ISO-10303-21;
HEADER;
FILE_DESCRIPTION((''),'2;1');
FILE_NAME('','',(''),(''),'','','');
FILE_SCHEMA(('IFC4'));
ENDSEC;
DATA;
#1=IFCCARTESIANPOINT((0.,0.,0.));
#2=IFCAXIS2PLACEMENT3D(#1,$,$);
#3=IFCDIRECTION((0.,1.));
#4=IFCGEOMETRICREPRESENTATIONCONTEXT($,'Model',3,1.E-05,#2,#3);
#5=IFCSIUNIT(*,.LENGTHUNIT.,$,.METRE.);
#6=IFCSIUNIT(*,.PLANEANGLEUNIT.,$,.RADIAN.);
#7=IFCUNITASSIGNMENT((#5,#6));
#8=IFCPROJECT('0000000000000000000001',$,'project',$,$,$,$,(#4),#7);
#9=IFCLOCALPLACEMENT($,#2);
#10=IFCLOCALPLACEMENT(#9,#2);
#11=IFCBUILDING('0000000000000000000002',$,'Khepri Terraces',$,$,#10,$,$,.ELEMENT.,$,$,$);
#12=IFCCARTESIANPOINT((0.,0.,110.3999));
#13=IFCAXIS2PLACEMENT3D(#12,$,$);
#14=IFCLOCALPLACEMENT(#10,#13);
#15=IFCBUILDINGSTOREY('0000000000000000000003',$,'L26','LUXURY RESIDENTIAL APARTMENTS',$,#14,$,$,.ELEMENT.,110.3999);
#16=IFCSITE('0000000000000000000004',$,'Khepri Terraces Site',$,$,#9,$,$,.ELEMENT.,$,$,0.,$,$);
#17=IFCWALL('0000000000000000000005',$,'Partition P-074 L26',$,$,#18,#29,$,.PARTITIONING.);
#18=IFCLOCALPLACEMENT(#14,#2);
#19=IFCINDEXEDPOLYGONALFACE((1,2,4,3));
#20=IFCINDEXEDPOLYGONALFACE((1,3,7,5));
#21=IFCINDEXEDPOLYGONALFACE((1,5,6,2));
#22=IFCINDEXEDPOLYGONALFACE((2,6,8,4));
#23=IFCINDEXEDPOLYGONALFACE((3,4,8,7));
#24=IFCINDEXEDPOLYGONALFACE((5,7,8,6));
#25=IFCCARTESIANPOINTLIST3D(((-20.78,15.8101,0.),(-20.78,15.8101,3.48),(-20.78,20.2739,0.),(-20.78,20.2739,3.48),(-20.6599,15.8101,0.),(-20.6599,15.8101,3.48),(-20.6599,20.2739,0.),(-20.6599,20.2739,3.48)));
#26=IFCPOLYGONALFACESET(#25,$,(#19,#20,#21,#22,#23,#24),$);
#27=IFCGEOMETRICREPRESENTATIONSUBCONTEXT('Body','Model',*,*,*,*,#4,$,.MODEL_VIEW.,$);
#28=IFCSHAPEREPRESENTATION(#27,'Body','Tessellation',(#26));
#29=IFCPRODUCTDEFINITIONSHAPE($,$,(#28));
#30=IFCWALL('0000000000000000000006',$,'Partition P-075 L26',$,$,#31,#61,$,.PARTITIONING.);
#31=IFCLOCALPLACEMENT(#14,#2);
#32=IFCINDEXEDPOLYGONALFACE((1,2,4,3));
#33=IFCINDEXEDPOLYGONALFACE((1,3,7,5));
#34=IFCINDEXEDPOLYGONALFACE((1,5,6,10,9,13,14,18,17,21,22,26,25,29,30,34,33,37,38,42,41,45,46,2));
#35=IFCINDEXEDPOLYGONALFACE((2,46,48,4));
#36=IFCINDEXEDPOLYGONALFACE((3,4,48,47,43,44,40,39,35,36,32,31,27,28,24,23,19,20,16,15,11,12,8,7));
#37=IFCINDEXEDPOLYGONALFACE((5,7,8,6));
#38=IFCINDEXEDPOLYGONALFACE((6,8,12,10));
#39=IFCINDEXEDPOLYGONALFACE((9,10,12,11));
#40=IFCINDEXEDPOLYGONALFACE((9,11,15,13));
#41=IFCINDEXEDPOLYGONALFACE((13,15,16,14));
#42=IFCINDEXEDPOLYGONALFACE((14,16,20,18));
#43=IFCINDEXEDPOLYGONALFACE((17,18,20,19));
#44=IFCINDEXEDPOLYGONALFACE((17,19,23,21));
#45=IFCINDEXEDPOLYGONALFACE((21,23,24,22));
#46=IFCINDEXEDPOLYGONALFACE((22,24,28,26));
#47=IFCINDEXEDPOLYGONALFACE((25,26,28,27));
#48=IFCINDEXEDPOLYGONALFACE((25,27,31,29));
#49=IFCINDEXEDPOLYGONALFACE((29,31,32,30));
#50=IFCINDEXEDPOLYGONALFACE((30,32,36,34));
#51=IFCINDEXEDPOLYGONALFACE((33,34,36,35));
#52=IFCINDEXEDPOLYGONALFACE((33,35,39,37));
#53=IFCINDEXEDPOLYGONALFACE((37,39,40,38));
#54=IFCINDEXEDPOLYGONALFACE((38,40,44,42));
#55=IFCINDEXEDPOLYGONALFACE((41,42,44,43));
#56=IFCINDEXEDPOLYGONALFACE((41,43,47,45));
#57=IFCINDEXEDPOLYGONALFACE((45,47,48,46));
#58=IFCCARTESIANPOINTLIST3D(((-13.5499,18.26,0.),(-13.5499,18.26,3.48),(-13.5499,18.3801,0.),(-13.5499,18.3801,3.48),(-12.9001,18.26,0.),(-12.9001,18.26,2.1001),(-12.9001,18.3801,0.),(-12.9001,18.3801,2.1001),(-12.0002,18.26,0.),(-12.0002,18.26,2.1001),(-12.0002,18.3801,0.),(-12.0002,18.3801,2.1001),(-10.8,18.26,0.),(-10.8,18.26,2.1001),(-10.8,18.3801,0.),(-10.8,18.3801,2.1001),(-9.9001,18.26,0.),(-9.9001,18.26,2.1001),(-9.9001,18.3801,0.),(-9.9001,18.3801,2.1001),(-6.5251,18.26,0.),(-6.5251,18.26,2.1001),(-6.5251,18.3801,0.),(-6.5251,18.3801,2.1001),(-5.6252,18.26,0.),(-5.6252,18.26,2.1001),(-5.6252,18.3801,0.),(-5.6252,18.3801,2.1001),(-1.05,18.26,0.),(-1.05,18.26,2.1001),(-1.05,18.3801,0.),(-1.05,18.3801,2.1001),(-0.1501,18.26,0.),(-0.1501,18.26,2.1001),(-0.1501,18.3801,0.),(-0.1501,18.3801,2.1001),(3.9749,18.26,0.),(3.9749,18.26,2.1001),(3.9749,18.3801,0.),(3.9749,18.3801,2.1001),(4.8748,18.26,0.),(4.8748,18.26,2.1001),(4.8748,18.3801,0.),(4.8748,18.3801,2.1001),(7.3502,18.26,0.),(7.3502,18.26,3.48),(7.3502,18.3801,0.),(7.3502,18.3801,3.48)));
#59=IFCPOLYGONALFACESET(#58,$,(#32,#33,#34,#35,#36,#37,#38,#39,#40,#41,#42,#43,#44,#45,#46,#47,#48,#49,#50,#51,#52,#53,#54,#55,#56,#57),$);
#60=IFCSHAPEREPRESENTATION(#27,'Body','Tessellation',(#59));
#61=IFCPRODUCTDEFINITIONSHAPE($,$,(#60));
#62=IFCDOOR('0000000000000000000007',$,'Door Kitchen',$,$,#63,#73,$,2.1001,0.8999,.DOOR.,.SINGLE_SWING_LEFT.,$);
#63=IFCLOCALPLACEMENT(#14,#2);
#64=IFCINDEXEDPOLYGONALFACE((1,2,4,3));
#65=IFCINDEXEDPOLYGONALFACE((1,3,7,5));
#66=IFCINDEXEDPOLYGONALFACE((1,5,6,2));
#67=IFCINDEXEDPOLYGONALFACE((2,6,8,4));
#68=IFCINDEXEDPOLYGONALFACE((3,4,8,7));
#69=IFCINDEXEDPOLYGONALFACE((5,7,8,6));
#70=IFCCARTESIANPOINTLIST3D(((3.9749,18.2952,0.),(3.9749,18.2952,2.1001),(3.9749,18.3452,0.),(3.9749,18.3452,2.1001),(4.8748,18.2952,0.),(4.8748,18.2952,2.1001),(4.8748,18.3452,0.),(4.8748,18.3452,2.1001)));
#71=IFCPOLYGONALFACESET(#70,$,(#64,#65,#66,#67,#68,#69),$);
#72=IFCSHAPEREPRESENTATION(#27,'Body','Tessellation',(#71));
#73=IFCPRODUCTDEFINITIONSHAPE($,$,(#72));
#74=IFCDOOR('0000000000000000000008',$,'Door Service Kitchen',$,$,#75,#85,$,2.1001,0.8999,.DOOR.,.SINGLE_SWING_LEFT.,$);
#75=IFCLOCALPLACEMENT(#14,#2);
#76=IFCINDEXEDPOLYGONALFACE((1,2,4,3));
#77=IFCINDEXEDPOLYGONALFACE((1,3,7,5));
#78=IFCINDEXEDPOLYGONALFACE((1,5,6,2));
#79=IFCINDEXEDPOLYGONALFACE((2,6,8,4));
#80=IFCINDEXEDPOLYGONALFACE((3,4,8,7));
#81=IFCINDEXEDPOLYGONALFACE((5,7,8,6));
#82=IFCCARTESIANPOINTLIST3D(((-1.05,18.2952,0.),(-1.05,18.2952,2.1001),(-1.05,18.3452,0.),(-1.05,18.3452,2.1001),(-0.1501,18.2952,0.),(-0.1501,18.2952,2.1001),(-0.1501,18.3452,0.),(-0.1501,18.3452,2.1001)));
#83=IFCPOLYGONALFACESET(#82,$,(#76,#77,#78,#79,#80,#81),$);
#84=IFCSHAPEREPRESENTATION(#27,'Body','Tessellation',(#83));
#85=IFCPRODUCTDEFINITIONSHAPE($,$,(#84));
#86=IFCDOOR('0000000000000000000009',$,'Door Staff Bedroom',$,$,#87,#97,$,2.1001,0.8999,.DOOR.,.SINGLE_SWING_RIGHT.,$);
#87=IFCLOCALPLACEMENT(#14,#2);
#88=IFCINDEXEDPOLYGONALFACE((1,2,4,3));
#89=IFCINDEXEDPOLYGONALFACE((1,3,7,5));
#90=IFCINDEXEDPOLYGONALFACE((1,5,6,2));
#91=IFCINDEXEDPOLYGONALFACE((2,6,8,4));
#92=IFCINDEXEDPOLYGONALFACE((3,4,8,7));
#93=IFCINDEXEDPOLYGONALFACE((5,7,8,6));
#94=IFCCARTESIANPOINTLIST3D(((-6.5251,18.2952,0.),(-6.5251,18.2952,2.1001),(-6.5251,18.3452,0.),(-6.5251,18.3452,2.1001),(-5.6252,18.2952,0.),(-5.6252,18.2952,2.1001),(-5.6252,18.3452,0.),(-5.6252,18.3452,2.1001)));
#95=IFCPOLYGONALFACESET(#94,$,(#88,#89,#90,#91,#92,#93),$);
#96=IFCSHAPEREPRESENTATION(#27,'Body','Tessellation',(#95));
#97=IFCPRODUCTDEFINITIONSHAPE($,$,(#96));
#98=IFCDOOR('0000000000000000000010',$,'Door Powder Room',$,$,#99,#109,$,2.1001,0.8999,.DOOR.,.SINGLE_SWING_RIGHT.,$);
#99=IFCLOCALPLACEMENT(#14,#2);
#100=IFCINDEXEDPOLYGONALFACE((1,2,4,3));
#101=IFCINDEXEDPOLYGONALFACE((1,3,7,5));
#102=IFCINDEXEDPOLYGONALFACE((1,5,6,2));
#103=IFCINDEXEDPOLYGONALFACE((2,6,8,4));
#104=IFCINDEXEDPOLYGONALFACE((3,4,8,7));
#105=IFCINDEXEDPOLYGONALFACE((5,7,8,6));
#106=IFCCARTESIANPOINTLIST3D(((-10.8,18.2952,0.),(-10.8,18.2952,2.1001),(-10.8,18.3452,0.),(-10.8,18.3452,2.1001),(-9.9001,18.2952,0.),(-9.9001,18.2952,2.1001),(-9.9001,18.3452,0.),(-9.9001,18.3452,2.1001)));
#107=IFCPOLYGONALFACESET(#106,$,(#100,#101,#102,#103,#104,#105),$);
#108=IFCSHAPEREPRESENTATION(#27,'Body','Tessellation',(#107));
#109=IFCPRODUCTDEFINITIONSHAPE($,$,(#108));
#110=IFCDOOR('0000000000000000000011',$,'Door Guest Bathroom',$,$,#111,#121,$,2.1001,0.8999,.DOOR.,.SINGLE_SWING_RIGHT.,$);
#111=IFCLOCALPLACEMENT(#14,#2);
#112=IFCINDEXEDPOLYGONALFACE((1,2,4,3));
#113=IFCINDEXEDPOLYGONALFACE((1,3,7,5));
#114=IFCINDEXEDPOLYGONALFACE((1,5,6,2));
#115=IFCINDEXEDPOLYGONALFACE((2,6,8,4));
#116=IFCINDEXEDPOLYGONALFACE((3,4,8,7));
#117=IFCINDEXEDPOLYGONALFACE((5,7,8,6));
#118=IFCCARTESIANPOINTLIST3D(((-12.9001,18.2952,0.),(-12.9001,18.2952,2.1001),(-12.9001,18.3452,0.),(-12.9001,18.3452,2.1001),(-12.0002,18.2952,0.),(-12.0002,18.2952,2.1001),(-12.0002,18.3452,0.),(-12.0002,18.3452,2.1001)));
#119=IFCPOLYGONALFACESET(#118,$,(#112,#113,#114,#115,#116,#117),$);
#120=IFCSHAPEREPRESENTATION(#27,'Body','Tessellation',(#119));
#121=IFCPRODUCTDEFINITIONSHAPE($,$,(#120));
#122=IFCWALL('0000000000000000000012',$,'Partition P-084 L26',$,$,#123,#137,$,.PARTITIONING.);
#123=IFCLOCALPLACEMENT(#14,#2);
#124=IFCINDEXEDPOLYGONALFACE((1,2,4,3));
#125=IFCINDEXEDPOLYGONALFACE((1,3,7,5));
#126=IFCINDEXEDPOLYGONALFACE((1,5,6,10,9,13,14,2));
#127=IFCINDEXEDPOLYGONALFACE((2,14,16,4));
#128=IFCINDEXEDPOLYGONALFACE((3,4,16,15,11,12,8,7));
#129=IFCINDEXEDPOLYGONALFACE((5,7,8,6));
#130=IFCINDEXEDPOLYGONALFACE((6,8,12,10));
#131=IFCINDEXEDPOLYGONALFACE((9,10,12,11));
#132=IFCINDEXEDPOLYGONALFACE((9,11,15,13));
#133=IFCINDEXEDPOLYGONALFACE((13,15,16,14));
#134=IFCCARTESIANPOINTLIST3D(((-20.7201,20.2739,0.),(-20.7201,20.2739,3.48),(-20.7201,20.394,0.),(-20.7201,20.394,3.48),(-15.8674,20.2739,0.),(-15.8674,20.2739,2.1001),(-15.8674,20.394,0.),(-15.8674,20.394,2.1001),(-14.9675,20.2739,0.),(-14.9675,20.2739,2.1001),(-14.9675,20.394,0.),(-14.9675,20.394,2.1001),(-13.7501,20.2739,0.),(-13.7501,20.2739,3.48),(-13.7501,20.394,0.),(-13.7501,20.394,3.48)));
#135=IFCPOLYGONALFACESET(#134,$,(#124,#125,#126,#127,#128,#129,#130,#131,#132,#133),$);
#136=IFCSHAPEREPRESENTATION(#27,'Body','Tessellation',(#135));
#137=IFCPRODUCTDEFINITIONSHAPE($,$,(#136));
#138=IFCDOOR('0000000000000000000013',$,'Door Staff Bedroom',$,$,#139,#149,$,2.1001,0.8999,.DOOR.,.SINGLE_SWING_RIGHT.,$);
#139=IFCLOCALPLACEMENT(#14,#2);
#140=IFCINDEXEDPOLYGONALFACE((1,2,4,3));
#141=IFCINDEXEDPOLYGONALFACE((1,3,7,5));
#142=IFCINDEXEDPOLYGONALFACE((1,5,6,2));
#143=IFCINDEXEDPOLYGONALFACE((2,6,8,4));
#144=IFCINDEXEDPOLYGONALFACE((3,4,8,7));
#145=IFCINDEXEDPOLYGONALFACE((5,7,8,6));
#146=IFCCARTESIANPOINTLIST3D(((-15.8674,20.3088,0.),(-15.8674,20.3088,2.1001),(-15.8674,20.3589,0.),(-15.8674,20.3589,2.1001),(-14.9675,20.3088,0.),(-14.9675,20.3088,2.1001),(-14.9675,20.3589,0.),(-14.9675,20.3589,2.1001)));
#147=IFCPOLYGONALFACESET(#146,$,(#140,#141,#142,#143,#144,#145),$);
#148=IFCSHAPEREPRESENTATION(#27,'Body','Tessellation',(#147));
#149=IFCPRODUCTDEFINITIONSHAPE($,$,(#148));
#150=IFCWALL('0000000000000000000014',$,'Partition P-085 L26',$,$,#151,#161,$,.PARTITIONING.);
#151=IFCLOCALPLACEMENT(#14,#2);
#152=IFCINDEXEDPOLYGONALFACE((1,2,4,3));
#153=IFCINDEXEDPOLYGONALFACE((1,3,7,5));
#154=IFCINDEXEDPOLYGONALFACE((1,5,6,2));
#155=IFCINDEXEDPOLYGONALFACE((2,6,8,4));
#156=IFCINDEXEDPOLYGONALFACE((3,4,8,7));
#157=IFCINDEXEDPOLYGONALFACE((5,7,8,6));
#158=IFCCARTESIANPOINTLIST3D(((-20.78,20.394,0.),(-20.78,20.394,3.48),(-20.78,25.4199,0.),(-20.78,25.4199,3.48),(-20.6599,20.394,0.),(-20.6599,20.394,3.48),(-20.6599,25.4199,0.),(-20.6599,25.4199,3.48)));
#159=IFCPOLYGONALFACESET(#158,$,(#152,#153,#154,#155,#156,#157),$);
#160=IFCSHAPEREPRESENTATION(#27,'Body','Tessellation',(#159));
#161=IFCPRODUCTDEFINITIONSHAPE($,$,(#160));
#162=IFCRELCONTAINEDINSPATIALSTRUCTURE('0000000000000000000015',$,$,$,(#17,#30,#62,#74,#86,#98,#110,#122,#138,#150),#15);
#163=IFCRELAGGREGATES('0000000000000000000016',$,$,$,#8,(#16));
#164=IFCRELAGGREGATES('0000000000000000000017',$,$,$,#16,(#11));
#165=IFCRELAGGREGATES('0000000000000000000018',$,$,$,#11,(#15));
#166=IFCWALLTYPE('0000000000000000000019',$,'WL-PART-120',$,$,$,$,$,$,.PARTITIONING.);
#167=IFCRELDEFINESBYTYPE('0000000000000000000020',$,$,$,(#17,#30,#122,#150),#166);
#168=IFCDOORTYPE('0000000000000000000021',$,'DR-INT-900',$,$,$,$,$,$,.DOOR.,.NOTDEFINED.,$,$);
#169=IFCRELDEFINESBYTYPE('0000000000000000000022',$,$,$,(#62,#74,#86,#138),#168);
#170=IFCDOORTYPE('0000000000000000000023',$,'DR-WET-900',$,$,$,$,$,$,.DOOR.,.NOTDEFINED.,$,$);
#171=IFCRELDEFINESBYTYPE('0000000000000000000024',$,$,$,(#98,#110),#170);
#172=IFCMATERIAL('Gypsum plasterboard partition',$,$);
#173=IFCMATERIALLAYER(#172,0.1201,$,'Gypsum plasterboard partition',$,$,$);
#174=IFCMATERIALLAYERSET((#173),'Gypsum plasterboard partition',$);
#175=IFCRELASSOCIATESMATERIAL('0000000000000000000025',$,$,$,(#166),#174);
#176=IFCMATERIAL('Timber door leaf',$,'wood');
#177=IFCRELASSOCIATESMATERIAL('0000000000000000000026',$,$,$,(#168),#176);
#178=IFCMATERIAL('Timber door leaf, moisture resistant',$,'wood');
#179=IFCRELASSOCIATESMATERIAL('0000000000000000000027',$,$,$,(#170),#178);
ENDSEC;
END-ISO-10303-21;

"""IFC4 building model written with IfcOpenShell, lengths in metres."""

from ifc_helpers import new_model, si_unit, direction, frame, frame_2d, origin, place, context, subcontext, project, spatial, rectangle, extrude, material, layer, layer_set, type_object, element, fill, save


model = new_model("IFC4")

# Units and contexts
model_context = context("Model", 3, precision=1e-05, world=origin(), true_north=direction((0.0, 1.0)))
body_context = subcontext(model_context, "Body", "Model", "MODEL_VIEW")
ifc_project = project(units=[si_unit("LENGTHUNIT", "METRE"), si_unit("PLANEANGLEUNIT", "RADIAN")], contexts=[model_context])

# Site, building, storey
site_placement = place(None, origin())
site = spatial("IfcSite", under=ifc_project, at=site_placement, Name="Khepri Terraces Site", CompositionType="ELEMENT", RefElevation=0.0)
building_placement = place(site_placement, origin())
building = spatial("IfcBuilding", under=site, at=building_placement, Name="Khepri Terraces", CompositionType="ELEMENT")
storey_placement = place(building_placement, frame((0.0, 0.0, 110.3999)))
storey = spatial("IfcBuildingStorey", under=building, at=storey_placement, Name="L26", Description="LUXURY RESIDENTIAL APARTMENTS", CompositionType="ELEMENT", Elevation=110.3999)

# Shared definitions
ifc_material_1 = material(Name="Gypsum plasterboard partition")
ifc_layer_1 = layer(ifc_material_1, 0.1201, Name="Gypsum plasterboard partition")
ifc_layer_set_1 = layer_set([ifc_layer_1], Name="Gypsum plasterboard partition")
wall_type_1 = type_object("IfcWallType", Name="WL-PART-120", PredefinedType="PARTITIONING", material=ifc_layer_set_1)

# Wall
wall_1_placement = place(storey_placement, frame((-20.72, 15.8101, 0.0), z_axis=(0.0, 0.0, 1.0), x_axis=(0.0, 1.0, 0.0)))
element("IfcWall", 1, at=wall_1_placement, inside=storey, type_object=wall_type_1, Name="Partition P-074 L26", PredefinedType="PARTITIONING", context=body_context, shape_type="SweptSolid", body=[
    extrude(rectangle(XDim=4.4639, YDim=0.1201, at=frame_2d((2.2319, 0.0))), origin(), (0.0, 0.0, 1.0), 3.48),
])

# Wall, openings, doors
wall_2_placement = place(storey_placement, frame((-13.55, 18.3201, 0.0), z_axis=(0.0, 0.0, 1.0), x_axis=(1.0, 0.0, 0.0)))
wall_2 = element("IfcWall", 2, at=wall_2_placement, inside=storey, type_object=wall_type_1, Name="Partition P-075 L26", PredefinedType="PARTITIONING", context=body_context, shape_type="SweptSolid", body=[
    extrude(rectangle(XDim=20.9001, YDim=0.1201, at=frame_2d((10.4502, 0.0))), origin(), (0.0, 0.0, 1.0), 3.48),
])
opening_1_placement = place(wall_2_placement, frame((17.5249, 0.0, 0.0)))
opening_1 = element("IfcOpeningElement", 3, at=opening_1_placement, cuts=wall_2, PredefinedType="OPENING", context=body_context, shape_type="SweptSolid", body=[
    extrude(rectangle(XDim=0.8999, YDim=2.1001, at=frame_2d((0.45, 1.05))), frame((0.0, 0.0701, 0.0), z_axis=(0.0, -1.0, 0.0), x_axis=(1.0, 0.0, 0.0)), (0.0, 0.0, 1.0), 0.1401),
])
opening_2_placement = place(wall_2_placement, frame((12.5, 0.0, 0.0)))
opening_2 = element("IfcOpeningElement", 4, at=opening_2_placement, cuts=wall_2, PredefinedType="OPENING", context=body_context, shape_type="SweptSolid", body=[
    extrude(rectangle(XDim=0.8999, YDim=2.1001, at=frame_2d((0.45, 1.05))), frame((0.0, 0.0701, 0.0), z_axis=(0.0, -1.0, 0.0), x_axis=(1.0, 0.0, 0.0)), (0.0, 0.0, 1.0), 0.1401),
])
opening_3_placement = place(wall_2_placement, frame((7.0249, 0.0, 0.0)))
opening_3 = element("IfcOpeningElement", 5, at=opening_3_placement, cuts=wall_2, PredefinedType="OPENING", context=body_context, shape_type="SweptSolid", body=[
    extrude(rectangle(XDim=0.8999, YDim=2.1001, at=frame_2d((0.45, 1.05))), frame((0.0, 0.0701, 0.0), z_axis=(0.0, -1.0, 0.0), x_axis=(1.0, 0.0, 0.0)), (0.0, 0.0, 1.0), 0.1401),
])
opening_4_placement = place(wall_2_placement, frame((2.75, 0.0, 0.0)))
opening_4 = element("IfcOpeningElement", 6, at=opening_4_placement, cuts=wall_2, PredefinedType="OPENING", context=body_context, shape_type="SweptSolid", body=[
    extrude(rectangle(XDim=0.8999, YDim=2.1001, at=frame_2d((0.45, 1.05))), frame((0.0, 0.0701, 0.0), z_axis=(0.0, -1.0, 0.0), x_axis=(1.0, 0.0, 0.0)), (0.0, 0.0, 1.0), 0.1401),
])
opening_5_placement = place(wall_2_placement, frame((0.6499, 0.0, 0.0)))
opening_5 = element("IfcOpeningElement", 7, at=opening_5_placement, cuts=wall_2, PredefinedType="OPENING", context=body_context, shape_type="SweptSolid", body=[
    extrude(rectangle(XDim=0.8999, YDim=2.1001, at=frame_2d((0.45, 1.05))), frame((0.0, 0.0701, 0.0), z_axis=(0.0, -1.0, 0.0), x_axis=(1.0, 0.0, 0.0)), (0.0, 0.0, 1.0), 0.1401),
])
ifc_material_2 = material(Name="Timber door leaf", Category="wood")
door_type_1 = type_object("IfcDoorType", Name="DR-INT-900", OperationType="NOTDEFINED", PredefinedType="DOOR", material=ifc_material_2)
door_1_placement = place(opening_1_placement, frame((0.8999, 0.0, 0.0), z_axis=(0.0, 0.0, 1.0), x_axis=(-1.0, 0.0, 0.0)))
door_1 = element("IfcDoor", 8, at=door_1_placement, inside=storey, type_object=door_type_1, Name="Door Kitchen", OperationType="SINGLE_SWING_LEFT", OverallHeight=2.1001, OverallWidth=0.8999, PredefinedType="DOOR", context=body_context, shape_type="SweptSolid", body=[
    extrude(rectangle(XDim=0.8999, YDim=2.1001, at=frame_2d((0.45, 1.05))), frame((0.0, 0.0249, 0.0), z_axis=(0.0, -1.0, 0.0), x_axis=(1.0, 0.0, 0.0)), (0.0, 0.0, 1.0), 0.05),
])
fill(opening_1, door_1)
door_2_placement = place(opening_2_placement, frame((0.8999, 0.0, 0.0), z_axis=(0.0, 0.0, 1.0), x_axis=(-1.0, 0.0, 0.0)))
door_2 = element("IfcDoor", 9, at=door_2_placement, inside=storey, type_object=door_type_1, Name="Door Service Kitchen", OperationType="SINGLE_SWING_LEFT", OverallHeight=2.1001, OverallWidth=0.8999, PredefinedType="DOOR", context=body_context, shape_type="SweptSolid", body=[
    extrude(rectangle(XDim=0.8999, YDim=2.1001, at=frame_2d((0.45, 1.05))), frame((0.0, 0.0249, 0.0), z_axis=(0.0, -1.0, 0.0), x_axis=(1.0, 0.0, 0.0)), (0.0, 0.0, 1.0), 0.05),
])
fill(opening_2, door_2)
door_3_placement = place(opening_3_placement, frame((0.8999, 0.0, 0.0), z_axis=(0.0, 0.0, 1.0), x_axis=(-1.0, 0.0, 0.0)))
door_3 = element("IfcDoor", 10, at=door_3_placement, inside=storey, type_object=door_type_1, Name="Door Staff Bedroom", OperationType="SINGLE_SWING_RIGHT", OverallHeight=2.1001, OverallWidth=0.8999, PredefinedType="DOOR", context=body_context, shape_type="SweptSolid", body=[
    extrude(rectangle(XDim=0.8999, YDim=2.1001, at=frame_2d((0.45, 1.05))), frame((0.0, 0.0249, 0.0), z_axis=(0.0, -1.0, 0.0), x_axis=(1.0, 0.0, 0.0)), (0.0, 0.0, 1.0), 0.05),
])
fill(opening_3, door_3)
ifc_material_3 = material(Name="Timber door leaf, moisture resistant", Category="wood")
door_type_2 = type_object("IfcDoorType", Name="DR-WET-900", OperationType="NOTDEFINED", PredefinedType="DOOR", material=ifc_material_3)
door_4_placement = place(opening_4_placement, frame((0.8999, 0.0, 0.0), z_axis=(0.0, 0.0, 1.0), x_axis=(-1.0, 0.0, 0.0)))
door_4 = element("IfcDoor", 11, at=door_4_placement, inside=storey, type_object=door_type_2, Name="Door Powder Room", OperationType="SINGLE_SWING_RIGHT", OverallHeight=2.1001, OverallWidth=0.8999, PredefinedType="DOOR", context=body_context, shape_type="SweptSolid", body=[
    extrude(rectangle(XDim=0.8999, YDim=2.1001, at=frame_2d((0.45, 1.05))), frame((0.0, 0.0249, 0.0), z_axis=(0.0, -1.0, 0.0), x_axis=(1.0, 0.0, 0.0)), (0.0, 0.0, 1.0), 0.05),
])
fill(opening_4, door_4)
door_5_placement = place(opening_5_placement, frame((0.8999, 0.0, 0.0), z_axis=(0.0, 0.0, 1.0), x_axis=(-1.0, 0.0, 0.0)))
door_5 = element("IfcDoor", 12, at=door_5_placement, inside=storey, type_object=door_type_2, Name="Door Guest Bathroom", OperationType="SINGLE_SWING_RIGHT", OverallHeight=2.1001, OverallWidth=0.8999, PredefinedType="DOOR", context=body_context, shape_type="SweptSolid", body=[
    extrude(rectangle(XDim=0.8999, YDim=2.1001, at=frame_2d((0.45, 1.05))), frame((0.0, 0.0249, 0.0), z_axis=(0.0, -1.0, 0.0), x_axis=(1.0, 0.0, 0.0)), (0.0, 0.0, 1.0), 0.05),
])
fill(opening_5, door_5)

# Wall, opening, door
wall_3_placement = place(storey_placement, frame((-20.72, 20.334, 0.0), z_axis=(0.0, 0.0, 1.0), x_axis=(1.0, 0.0, 0.0)))
wall_3 = element("IfcWall", 13, at=wall_3_placement, inside=storey, type_object=wall_type_1, Name="Partition P-084 L26", PredefinedType="PARTITIONING", context=body_context, shape_type="SweptSolid", body=[
    extrude(rectangle(XDim=6.97, YDim=0.1201, at=frame_2d((3.4849, 0.0))), origin(), (0.0, 0.0, 1.0), 3.48),
])
opening_6_placement = place(wall_3_placement, frame((4.8525, 0.0, 0.0)))
opening_6 = element("IfcOpeningElement", 14, at=opening_6_placement, cuts=wall_3, PredefinedType="OPENING", context=body_context, shape_type="SweptSolid", body=[
    extrude(rectangle(XDim=0.8999, YDim=2.1001, at=frame_2d((0.45, 1.05))), frame((0.0, 0.0701, 0.0), z_axis=(0.0, -1.0, 0.0), x_axis=(1.0, 0.0, 0.0)), (0.0, 0.0, 1.0), 0.1401),
])
door_6_placement = place(opening_6_placement, origin())
door_6 = element("IfcDoor", 15, at=door_6_placement, inside=storey, type_object=door_type_1, Name="Door Staff Bedroom", OperationType="SINGLE_SWING_RIGHT", OverallHeight=2.1001, OverallWidth=0.8999, PredefinedType="DOOR", context=body_context, shape_type="SweptSolid", body=[
    extrude(rectangle(XDim=0.8999, YDim=2.1001, at=frame_2d((0.45, 1.05))), frame((0.0, 0.0249, 0.0), z_axis=(0.0, -1.0, 0.0), x_axis=(1.0, 0.0, 0.0)), (0.0, 0.0, 1.0), 0.05),
])
fill(opening_6, door_6)

# Wall
wall_4_placement = place(storey_placement, frame((-20.72, 20.394, 0.0), z_axis=(0.0, 0.0, 1.0), x_axis=(0.0, 1.0, 0.0)))
element("IfcWall", 16, at=wall_4_placement, inside=storey, type_object=wall_type_1, Name="Partition P-085 L26", PredefinedType="PARTITIONING", context=body_context, shape_type="SweptSolid", body=[
    extrude(rectangle(XDim=5.0259, YDim=0.1201, at=frame_2d((2.5129, 0.0))), origin(), (0.0, 0.0, 1.0), 3.48),
])

save(model, "model.ifc")
